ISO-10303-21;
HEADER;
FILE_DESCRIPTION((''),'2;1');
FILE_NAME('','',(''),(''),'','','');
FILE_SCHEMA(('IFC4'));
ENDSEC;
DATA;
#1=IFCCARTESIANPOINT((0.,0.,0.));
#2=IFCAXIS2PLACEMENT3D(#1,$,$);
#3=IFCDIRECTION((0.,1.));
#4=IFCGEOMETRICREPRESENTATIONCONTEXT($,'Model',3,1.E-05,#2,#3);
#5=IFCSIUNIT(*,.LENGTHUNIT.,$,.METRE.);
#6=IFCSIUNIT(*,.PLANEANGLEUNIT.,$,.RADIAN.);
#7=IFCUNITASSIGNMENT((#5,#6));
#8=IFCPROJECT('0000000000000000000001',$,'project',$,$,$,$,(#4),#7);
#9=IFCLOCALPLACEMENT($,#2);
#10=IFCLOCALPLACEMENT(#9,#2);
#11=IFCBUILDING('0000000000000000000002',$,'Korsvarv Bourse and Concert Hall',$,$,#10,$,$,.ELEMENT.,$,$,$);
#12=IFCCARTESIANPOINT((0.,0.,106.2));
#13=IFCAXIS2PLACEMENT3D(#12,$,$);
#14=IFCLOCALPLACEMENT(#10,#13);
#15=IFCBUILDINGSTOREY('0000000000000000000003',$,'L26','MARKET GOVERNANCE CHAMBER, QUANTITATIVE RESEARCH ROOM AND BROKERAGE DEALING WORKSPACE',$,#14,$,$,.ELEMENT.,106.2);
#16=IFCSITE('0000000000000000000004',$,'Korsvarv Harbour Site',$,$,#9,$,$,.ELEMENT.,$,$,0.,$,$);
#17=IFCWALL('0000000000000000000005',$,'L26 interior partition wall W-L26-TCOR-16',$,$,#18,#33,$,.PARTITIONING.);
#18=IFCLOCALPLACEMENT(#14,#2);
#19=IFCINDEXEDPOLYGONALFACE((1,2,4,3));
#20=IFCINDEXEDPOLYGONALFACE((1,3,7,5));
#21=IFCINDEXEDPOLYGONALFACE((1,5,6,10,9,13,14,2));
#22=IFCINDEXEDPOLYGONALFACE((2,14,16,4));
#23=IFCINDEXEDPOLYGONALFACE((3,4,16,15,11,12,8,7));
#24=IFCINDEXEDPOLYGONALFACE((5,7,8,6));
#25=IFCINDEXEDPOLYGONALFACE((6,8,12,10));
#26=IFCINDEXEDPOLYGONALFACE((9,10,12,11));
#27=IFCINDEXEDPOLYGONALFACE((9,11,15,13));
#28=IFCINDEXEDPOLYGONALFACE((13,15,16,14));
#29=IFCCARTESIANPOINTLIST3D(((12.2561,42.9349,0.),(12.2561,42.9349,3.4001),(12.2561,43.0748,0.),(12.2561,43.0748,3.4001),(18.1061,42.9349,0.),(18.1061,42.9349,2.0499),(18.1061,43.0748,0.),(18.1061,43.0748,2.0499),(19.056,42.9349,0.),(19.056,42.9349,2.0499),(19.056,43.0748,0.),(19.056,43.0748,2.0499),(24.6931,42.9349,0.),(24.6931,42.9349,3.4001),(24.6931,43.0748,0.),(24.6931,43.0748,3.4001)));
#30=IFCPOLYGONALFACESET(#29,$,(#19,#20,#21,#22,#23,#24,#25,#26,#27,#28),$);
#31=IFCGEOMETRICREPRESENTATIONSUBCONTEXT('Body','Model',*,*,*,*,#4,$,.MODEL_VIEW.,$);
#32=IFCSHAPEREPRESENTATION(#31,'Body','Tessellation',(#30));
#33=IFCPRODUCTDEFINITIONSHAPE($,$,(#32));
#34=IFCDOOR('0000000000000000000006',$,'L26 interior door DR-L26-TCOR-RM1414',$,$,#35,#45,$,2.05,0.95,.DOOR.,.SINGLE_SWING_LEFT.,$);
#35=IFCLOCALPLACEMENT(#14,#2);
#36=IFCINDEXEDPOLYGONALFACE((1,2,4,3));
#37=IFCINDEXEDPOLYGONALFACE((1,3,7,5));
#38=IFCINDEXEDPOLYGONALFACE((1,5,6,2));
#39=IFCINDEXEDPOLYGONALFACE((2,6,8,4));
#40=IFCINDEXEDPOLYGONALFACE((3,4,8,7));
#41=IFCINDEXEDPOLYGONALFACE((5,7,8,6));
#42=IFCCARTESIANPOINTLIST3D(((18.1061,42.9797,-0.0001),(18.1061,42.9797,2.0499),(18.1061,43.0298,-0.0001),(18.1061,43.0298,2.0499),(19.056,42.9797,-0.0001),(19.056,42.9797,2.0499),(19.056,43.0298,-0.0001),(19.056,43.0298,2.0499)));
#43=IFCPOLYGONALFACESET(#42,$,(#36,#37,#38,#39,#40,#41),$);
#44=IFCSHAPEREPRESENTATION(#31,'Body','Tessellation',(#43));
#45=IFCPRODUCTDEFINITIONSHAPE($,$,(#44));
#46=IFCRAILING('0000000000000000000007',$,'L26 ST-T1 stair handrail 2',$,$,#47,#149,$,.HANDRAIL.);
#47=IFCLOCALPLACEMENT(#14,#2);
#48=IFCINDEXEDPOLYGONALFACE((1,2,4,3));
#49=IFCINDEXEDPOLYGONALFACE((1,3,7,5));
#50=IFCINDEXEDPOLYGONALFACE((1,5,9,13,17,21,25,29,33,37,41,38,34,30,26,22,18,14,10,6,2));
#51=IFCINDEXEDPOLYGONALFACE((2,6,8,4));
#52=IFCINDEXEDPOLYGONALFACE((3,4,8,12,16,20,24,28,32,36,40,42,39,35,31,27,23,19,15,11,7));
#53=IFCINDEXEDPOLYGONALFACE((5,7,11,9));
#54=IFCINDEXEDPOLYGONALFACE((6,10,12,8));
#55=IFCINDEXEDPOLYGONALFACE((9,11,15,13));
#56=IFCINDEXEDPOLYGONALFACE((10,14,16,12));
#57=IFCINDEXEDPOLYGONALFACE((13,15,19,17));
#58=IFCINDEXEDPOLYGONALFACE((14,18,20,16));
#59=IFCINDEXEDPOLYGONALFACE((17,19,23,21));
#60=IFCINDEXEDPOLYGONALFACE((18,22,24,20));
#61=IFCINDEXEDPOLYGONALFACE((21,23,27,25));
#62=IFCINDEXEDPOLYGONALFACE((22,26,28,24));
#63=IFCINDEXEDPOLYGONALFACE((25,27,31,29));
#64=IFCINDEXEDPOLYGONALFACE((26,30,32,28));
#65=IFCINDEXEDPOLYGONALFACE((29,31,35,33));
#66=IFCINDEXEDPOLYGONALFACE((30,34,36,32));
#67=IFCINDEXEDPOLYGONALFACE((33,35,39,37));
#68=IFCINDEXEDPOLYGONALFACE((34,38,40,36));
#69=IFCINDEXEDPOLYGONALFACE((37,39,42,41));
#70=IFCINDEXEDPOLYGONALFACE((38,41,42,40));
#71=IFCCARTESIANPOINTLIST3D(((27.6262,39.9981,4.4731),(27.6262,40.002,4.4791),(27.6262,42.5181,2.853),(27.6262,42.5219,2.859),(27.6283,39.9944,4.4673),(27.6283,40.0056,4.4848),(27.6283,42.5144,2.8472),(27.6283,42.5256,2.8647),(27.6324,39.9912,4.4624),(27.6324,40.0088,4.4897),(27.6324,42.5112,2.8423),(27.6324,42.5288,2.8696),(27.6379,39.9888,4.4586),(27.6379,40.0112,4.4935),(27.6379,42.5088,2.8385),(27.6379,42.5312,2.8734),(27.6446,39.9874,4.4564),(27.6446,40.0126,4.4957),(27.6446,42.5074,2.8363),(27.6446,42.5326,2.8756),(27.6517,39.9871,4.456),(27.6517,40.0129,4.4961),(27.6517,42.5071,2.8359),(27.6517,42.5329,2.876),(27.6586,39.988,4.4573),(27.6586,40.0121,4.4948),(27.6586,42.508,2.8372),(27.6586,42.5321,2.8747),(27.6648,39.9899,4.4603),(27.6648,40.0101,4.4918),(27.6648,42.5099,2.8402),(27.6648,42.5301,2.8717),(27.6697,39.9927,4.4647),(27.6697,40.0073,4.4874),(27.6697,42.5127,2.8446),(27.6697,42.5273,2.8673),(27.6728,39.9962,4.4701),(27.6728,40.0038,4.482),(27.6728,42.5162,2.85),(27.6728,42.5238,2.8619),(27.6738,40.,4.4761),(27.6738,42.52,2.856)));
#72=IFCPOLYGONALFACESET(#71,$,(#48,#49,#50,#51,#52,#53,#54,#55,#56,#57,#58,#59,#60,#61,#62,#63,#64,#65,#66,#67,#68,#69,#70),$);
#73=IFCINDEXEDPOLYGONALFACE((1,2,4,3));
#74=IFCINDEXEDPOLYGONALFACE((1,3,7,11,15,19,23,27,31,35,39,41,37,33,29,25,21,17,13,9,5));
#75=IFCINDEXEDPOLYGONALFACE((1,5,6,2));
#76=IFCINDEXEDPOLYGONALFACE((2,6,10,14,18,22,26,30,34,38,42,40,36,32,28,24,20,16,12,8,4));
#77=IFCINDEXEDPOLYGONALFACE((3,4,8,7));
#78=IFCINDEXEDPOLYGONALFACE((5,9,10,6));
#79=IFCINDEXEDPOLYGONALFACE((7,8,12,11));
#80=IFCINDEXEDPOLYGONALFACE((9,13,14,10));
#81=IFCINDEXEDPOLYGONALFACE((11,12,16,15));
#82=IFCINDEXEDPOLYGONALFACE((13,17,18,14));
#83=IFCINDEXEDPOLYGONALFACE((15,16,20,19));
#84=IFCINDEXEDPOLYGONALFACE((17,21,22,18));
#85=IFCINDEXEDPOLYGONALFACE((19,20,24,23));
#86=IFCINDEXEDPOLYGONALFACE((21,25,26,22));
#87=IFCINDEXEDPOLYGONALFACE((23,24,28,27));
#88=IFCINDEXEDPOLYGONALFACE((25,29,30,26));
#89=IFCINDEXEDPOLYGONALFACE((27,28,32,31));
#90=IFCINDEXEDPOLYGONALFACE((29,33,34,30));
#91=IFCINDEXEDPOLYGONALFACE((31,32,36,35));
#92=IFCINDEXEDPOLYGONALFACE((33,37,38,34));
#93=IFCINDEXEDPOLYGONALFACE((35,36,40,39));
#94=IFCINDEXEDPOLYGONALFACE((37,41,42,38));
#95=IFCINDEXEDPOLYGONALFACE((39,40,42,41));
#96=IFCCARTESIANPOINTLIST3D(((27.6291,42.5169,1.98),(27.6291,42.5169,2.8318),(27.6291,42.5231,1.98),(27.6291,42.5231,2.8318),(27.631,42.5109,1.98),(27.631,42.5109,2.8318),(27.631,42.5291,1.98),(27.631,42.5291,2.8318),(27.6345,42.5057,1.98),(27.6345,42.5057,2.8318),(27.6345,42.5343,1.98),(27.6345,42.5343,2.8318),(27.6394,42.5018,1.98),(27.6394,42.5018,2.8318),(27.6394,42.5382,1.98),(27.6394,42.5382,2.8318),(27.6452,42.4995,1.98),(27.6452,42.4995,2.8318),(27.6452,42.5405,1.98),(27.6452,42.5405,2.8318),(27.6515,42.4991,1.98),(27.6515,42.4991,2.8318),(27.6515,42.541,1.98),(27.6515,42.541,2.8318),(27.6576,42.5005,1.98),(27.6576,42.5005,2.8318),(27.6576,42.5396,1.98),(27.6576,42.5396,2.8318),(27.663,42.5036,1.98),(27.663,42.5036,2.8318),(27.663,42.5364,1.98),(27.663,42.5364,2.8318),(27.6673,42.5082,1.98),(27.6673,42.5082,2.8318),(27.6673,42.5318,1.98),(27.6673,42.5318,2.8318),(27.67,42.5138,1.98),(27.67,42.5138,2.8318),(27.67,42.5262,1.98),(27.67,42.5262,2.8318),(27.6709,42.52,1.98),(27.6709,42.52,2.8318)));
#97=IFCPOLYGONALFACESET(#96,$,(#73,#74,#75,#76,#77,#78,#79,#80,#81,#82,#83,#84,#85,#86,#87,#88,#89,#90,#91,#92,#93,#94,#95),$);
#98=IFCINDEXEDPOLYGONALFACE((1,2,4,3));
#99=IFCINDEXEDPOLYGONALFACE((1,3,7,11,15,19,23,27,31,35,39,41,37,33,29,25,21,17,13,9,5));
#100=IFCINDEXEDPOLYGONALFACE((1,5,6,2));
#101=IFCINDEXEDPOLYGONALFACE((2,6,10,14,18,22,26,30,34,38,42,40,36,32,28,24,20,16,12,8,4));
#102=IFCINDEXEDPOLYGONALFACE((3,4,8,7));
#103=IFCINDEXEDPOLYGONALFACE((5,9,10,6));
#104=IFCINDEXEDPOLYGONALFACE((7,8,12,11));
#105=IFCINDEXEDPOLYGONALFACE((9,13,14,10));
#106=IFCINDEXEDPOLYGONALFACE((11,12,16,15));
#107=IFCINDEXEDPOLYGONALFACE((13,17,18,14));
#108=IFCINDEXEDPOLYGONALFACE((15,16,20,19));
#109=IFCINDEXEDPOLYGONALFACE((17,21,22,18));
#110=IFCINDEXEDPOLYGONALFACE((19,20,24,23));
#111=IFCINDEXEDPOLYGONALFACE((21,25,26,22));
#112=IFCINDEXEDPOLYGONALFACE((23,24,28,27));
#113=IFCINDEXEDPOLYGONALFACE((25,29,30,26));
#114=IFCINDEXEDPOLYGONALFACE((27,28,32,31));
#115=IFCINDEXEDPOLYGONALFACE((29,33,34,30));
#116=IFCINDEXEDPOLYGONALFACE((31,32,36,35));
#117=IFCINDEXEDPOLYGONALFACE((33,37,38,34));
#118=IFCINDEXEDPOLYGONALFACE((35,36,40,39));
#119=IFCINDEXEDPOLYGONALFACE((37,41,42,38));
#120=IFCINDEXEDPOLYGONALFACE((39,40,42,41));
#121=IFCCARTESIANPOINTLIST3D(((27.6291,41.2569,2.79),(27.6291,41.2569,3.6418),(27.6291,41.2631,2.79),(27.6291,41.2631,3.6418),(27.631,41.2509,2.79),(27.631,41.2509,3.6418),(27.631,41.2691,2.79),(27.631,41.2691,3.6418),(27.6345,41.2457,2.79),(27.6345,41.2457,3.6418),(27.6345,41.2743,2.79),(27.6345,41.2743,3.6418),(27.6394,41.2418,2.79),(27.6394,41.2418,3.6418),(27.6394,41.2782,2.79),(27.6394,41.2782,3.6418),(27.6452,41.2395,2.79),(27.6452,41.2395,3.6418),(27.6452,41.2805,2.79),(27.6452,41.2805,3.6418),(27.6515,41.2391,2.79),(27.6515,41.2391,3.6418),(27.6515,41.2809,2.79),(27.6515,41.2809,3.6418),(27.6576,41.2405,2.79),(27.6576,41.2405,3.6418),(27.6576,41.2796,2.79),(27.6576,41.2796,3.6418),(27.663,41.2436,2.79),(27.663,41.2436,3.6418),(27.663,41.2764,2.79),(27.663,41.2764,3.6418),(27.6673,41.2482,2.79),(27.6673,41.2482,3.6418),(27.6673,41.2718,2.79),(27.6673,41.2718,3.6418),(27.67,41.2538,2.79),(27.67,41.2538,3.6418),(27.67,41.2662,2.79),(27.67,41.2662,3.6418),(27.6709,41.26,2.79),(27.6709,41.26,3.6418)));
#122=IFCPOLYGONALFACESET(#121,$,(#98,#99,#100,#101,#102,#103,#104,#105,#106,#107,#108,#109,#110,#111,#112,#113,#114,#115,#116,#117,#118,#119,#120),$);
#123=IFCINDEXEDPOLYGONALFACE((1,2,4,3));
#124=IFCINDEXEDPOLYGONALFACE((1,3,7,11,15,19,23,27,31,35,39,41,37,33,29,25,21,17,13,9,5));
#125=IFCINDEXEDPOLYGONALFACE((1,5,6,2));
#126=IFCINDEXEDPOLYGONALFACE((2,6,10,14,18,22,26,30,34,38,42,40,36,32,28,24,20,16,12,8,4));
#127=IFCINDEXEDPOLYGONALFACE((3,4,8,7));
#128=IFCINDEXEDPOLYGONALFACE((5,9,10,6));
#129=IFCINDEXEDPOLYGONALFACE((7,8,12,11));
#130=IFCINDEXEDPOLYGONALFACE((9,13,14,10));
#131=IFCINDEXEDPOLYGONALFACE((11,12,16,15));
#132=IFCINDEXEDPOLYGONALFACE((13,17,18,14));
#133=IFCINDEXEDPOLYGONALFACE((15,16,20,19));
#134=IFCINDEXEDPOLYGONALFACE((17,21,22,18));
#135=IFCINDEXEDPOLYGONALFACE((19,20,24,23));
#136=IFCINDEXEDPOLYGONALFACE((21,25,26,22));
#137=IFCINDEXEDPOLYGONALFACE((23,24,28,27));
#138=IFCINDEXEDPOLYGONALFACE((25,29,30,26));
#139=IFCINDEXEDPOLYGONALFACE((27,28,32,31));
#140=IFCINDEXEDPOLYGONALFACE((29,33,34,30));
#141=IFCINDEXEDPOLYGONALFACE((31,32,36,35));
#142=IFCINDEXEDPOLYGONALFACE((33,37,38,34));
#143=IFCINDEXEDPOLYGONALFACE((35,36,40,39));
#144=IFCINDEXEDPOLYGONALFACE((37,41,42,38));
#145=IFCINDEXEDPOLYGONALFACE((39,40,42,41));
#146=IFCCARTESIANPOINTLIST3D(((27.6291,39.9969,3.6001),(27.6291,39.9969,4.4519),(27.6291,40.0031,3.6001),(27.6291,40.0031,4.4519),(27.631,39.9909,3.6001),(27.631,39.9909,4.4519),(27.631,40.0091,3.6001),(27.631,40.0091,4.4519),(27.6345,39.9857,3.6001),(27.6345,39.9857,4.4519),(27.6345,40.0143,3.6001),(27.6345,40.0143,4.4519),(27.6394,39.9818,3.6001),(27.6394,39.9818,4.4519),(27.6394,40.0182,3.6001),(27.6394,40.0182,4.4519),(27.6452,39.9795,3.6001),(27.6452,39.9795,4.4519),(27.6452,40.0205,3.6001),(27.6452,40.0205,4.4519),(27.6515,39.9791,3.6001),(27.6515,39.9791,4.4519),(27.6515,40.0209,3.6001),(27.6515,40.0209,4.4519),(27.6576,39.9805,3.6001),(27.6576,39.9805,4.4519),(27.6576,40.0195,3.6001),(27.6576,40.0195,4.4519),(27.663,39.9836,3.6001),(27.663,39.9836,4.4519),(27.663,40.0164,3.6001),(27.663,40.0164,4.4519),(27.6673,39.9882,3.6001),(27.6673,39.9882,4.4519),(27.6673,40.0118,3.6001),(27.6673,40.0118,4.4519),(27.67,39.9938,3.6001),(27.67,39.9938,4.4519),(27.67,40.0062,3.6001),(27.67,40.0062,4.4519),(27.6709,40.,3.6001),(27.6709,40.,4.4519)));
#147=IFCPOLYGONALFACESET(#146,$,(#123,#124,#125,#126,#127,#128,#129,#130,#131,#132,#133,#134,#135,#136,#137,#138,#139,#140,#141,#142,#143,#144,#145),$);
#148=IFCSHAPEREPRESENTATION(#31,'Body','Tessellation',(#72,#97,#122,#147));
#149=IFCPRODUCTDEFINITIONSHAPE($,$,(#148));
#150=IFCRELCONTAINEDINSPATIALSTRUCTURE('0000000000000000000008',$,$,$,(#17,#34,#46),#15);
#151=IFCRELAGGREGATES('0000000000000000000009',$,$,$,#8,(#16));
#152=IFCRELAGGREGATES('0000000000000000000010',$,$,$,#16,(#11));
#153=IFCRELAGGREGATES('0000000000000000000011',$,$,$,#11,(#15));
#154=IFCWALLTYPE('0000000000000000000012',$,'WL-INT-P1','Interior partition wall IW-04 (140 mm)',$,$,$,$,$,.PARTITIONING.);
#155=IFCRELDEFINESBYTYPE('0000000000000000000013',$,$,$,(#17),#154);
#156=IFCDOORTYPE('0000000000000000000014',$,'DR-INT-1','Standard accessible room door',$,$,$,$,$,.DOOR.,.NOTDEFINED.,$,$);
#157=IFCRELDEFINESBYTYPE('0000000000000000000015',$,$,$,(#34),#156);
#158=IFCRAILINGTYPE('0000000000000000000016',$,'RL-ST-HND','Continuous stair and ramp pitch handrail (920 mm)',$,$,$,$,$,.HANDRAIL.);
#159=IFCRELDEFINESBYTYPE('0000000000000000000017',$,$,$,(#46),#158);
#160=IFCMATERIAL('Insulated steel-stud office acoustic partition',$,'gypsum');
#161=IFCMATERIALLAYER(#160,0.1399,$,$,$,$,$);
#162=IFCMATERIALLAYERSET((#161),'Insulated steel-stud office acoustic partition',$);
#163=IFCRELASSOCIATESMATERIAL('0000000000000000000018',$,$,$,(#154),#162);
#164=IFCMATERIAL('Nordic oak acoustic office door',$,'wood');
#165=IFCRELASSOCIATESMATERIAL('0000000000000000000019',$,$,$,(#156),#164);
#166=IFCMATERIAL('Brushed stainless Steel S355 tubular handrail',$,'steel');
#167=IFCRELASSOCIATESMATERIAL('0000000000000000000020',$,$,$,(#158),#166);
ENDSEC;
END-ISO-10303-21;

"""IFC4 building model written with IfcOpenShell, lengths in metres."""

from ifc_helpers import new_model, si_unit, direction, frame, frame_2d, origin, origin_2d, place, context, subcontext, project, spatial, rectangle, circle, extrude, material, layer, layer_set, type_object, element, fill, save


model = new_model("IFC4")

# Units and contexts
model_context = context("Model", 3, precision=1e-05, world=origin(), true_north=direction((0.0, 1.0)))
body_context = subcontext(model_context, "Body", "Model", "MODEL_VIEW")
ifc_project = project(units=[si_unit("LENGTHUNIT", "METRE"), si_unit("PLANEANGLEUNIT", "RADIAN")], contexts=[model_context])

# Site, building, storey
site_placement = place(None, origin())
site = spatial("IfcSite", under=ifc_project, at=site_placement, Name="Korsvarv Harbour Site", CompositionType="ELEMENT", RefElevation=0.0)
building_placement = place(site_placement, origin())
building = spatial("IfcBuilding", under=site, at=building_placement, Name="Korsvarv Bourse and Concert Hall", CompositionType="ELEMENT")
storey_placement = place(building_placement, frame((0.0, 0.0, 106.2)))
storey = spatial("IfcBuildingStorey", under=building, at=storey_placement, Name="L26", Description="MARKET GOVERNANCE CHAMBER, QUANTITATIVE RESEARCH ROOM AND BROKERAGE DEALING WORKSPACE", CompositionType="ELEMENT", Elevation=106.2)

# Wall, opening, door
ifc_material_1 = material(Name="Insulated steel-stud office acoustic partition", Category="gypsum")
ifc_layer_1 = layer(ifc_material_1, 0.1399)
ifc_layer_set_1 = layer_set([ifc_layer_1], Name="Insulated steel-stud office acoustic partition")
wall_type_1 = type_object("IfcWallType", Name="WL-INT-P1", Description="Interior partition wall IW-04 (140 mm)", PredefinedType="PARTITIONING", material=ifc_layer_set_1)
wall_1_placement = place(storey_placement, frame((12.2561, 43.0049, 0.0), z_axis=(0.0, 0.0, 1.0), x_axis=(1.0, 0.0, 0.0)))
wall_1 = element("IfcWall", 1, at=wall_1_placement, inside=storey, type_object=wall_type_1, Name="L26 interior partition wall W-L26-TCOR-16", PredefinedType="PARTITIONING", context=body_context, shape_type="SweptSolid", body=[
    extrude(rectangle(XDim=12.437, YDim=0.1399, at=frame_2d((6.2185, 0.0))), origin(), (0.0, 0.0, 1.0), 3.4001),
])
opening_1_placement = place(wall_1_placement, frame((5.8499, 0.0, 0.0)))
opening_1 = element("IfcOpeningElement", 2, at=opening_1_placement, cuts=wall_1, PredefinedType="OPENING", context=body_context, shape_type="SweptSolid", body=[
    extrude(rectangle(XDim=0.95, YDim=2.05, at=frame_2d((0.4751, 1.0249))), frame((0.0, 0.0801, 0.0), z_axis=(0.0, -1.0, 0.0), x_axis=(1.0, 0.0, 0.0)), (0.0, 0.0, 1.0), 0.1599),
])
ifc_material_2 = material(Name="Nordic oak acoustic office door", Category="wood")
door_type_1 = type_object("IfcDoorType", Name="DR-INT-1", Description="Standard accessible room door", OperationType="NOTDEFINED", PredefinedType="DOOR", material=ifc_material_2)
door_1_placement = place(opening_1_placement, origin())
door_1 = element("IfcDoor", 3, at=door_1_placement, inside=storey, type_object=door_type_1, Name="L26 interior door DR-L26-TCOR-RM1414", OperationType="SINGLE_SWING_LEFT", OverallHeight=2.05, OverallWidth=0.95, PredefinedType="DOOR", context=body_context, shape_type="SweptSolid", body=[
    extrude(rectangle(XDim=0.95, YDim=2.05, at=frame_2d((0.4751, 1.0249))), frame((0.0, 0.0249, 0.0), z_axis=(0.0, -1.0, 0.0), x_axis=(1.0, 0.0, 0.0)), (0.0, 0.0, 1.0), 0.05),
])
fill(opening_1, door_1)

# Railing
ifc_material_3 = material(Name="Brushed stainless Steel S355 tubular handrail", Category="steel")
railing_type = type_object("IfcRailingType", Name="RL-ST-HND", Description="Continuous stair and ramp pitch handrail (920 mm)", PredefinedType="HANDRAIL", material=ifc_material_3)
railing_placement = place(storey_placement, frame((27.6499, 42.52, 1.98)))
element("IfcRailing", 4, at=railing_placement, inside=storey, type_object=railing_type, Name="L26 ST-T1 stair handrail 2", PredefinedType="HANDRAIL", context=body_context, shape_type="SweptSolid", body=[
    extrude(circle(Radius=0.0239, at=origin_2d()), frame((0.0, 0.0, 0.876), z_axis=(0.0, -0.841163, 0.540782), x_axis=(1.0, 0.0, 0.0)), (0.0, 0.0, 1.0), 2.9958),
    extrude(circle(Radius=0.021, at=origin_2d()), origin(), (0.0, 0.0, 1.0), 0.8518),
    extrude(circle(Radius=0.021, at=origin_2d()), frame((0.0, -1.26, 0.8101)), (0.0, 0.0, 1.0), 0.8518),
    extrude(circle(Radius=0.021, at=origin_2d()), frame((0.0, -2.52, 1.6201)), (0.0, 0.0, 1.0), 0.8518),
])

save(model, "model.ifc")
